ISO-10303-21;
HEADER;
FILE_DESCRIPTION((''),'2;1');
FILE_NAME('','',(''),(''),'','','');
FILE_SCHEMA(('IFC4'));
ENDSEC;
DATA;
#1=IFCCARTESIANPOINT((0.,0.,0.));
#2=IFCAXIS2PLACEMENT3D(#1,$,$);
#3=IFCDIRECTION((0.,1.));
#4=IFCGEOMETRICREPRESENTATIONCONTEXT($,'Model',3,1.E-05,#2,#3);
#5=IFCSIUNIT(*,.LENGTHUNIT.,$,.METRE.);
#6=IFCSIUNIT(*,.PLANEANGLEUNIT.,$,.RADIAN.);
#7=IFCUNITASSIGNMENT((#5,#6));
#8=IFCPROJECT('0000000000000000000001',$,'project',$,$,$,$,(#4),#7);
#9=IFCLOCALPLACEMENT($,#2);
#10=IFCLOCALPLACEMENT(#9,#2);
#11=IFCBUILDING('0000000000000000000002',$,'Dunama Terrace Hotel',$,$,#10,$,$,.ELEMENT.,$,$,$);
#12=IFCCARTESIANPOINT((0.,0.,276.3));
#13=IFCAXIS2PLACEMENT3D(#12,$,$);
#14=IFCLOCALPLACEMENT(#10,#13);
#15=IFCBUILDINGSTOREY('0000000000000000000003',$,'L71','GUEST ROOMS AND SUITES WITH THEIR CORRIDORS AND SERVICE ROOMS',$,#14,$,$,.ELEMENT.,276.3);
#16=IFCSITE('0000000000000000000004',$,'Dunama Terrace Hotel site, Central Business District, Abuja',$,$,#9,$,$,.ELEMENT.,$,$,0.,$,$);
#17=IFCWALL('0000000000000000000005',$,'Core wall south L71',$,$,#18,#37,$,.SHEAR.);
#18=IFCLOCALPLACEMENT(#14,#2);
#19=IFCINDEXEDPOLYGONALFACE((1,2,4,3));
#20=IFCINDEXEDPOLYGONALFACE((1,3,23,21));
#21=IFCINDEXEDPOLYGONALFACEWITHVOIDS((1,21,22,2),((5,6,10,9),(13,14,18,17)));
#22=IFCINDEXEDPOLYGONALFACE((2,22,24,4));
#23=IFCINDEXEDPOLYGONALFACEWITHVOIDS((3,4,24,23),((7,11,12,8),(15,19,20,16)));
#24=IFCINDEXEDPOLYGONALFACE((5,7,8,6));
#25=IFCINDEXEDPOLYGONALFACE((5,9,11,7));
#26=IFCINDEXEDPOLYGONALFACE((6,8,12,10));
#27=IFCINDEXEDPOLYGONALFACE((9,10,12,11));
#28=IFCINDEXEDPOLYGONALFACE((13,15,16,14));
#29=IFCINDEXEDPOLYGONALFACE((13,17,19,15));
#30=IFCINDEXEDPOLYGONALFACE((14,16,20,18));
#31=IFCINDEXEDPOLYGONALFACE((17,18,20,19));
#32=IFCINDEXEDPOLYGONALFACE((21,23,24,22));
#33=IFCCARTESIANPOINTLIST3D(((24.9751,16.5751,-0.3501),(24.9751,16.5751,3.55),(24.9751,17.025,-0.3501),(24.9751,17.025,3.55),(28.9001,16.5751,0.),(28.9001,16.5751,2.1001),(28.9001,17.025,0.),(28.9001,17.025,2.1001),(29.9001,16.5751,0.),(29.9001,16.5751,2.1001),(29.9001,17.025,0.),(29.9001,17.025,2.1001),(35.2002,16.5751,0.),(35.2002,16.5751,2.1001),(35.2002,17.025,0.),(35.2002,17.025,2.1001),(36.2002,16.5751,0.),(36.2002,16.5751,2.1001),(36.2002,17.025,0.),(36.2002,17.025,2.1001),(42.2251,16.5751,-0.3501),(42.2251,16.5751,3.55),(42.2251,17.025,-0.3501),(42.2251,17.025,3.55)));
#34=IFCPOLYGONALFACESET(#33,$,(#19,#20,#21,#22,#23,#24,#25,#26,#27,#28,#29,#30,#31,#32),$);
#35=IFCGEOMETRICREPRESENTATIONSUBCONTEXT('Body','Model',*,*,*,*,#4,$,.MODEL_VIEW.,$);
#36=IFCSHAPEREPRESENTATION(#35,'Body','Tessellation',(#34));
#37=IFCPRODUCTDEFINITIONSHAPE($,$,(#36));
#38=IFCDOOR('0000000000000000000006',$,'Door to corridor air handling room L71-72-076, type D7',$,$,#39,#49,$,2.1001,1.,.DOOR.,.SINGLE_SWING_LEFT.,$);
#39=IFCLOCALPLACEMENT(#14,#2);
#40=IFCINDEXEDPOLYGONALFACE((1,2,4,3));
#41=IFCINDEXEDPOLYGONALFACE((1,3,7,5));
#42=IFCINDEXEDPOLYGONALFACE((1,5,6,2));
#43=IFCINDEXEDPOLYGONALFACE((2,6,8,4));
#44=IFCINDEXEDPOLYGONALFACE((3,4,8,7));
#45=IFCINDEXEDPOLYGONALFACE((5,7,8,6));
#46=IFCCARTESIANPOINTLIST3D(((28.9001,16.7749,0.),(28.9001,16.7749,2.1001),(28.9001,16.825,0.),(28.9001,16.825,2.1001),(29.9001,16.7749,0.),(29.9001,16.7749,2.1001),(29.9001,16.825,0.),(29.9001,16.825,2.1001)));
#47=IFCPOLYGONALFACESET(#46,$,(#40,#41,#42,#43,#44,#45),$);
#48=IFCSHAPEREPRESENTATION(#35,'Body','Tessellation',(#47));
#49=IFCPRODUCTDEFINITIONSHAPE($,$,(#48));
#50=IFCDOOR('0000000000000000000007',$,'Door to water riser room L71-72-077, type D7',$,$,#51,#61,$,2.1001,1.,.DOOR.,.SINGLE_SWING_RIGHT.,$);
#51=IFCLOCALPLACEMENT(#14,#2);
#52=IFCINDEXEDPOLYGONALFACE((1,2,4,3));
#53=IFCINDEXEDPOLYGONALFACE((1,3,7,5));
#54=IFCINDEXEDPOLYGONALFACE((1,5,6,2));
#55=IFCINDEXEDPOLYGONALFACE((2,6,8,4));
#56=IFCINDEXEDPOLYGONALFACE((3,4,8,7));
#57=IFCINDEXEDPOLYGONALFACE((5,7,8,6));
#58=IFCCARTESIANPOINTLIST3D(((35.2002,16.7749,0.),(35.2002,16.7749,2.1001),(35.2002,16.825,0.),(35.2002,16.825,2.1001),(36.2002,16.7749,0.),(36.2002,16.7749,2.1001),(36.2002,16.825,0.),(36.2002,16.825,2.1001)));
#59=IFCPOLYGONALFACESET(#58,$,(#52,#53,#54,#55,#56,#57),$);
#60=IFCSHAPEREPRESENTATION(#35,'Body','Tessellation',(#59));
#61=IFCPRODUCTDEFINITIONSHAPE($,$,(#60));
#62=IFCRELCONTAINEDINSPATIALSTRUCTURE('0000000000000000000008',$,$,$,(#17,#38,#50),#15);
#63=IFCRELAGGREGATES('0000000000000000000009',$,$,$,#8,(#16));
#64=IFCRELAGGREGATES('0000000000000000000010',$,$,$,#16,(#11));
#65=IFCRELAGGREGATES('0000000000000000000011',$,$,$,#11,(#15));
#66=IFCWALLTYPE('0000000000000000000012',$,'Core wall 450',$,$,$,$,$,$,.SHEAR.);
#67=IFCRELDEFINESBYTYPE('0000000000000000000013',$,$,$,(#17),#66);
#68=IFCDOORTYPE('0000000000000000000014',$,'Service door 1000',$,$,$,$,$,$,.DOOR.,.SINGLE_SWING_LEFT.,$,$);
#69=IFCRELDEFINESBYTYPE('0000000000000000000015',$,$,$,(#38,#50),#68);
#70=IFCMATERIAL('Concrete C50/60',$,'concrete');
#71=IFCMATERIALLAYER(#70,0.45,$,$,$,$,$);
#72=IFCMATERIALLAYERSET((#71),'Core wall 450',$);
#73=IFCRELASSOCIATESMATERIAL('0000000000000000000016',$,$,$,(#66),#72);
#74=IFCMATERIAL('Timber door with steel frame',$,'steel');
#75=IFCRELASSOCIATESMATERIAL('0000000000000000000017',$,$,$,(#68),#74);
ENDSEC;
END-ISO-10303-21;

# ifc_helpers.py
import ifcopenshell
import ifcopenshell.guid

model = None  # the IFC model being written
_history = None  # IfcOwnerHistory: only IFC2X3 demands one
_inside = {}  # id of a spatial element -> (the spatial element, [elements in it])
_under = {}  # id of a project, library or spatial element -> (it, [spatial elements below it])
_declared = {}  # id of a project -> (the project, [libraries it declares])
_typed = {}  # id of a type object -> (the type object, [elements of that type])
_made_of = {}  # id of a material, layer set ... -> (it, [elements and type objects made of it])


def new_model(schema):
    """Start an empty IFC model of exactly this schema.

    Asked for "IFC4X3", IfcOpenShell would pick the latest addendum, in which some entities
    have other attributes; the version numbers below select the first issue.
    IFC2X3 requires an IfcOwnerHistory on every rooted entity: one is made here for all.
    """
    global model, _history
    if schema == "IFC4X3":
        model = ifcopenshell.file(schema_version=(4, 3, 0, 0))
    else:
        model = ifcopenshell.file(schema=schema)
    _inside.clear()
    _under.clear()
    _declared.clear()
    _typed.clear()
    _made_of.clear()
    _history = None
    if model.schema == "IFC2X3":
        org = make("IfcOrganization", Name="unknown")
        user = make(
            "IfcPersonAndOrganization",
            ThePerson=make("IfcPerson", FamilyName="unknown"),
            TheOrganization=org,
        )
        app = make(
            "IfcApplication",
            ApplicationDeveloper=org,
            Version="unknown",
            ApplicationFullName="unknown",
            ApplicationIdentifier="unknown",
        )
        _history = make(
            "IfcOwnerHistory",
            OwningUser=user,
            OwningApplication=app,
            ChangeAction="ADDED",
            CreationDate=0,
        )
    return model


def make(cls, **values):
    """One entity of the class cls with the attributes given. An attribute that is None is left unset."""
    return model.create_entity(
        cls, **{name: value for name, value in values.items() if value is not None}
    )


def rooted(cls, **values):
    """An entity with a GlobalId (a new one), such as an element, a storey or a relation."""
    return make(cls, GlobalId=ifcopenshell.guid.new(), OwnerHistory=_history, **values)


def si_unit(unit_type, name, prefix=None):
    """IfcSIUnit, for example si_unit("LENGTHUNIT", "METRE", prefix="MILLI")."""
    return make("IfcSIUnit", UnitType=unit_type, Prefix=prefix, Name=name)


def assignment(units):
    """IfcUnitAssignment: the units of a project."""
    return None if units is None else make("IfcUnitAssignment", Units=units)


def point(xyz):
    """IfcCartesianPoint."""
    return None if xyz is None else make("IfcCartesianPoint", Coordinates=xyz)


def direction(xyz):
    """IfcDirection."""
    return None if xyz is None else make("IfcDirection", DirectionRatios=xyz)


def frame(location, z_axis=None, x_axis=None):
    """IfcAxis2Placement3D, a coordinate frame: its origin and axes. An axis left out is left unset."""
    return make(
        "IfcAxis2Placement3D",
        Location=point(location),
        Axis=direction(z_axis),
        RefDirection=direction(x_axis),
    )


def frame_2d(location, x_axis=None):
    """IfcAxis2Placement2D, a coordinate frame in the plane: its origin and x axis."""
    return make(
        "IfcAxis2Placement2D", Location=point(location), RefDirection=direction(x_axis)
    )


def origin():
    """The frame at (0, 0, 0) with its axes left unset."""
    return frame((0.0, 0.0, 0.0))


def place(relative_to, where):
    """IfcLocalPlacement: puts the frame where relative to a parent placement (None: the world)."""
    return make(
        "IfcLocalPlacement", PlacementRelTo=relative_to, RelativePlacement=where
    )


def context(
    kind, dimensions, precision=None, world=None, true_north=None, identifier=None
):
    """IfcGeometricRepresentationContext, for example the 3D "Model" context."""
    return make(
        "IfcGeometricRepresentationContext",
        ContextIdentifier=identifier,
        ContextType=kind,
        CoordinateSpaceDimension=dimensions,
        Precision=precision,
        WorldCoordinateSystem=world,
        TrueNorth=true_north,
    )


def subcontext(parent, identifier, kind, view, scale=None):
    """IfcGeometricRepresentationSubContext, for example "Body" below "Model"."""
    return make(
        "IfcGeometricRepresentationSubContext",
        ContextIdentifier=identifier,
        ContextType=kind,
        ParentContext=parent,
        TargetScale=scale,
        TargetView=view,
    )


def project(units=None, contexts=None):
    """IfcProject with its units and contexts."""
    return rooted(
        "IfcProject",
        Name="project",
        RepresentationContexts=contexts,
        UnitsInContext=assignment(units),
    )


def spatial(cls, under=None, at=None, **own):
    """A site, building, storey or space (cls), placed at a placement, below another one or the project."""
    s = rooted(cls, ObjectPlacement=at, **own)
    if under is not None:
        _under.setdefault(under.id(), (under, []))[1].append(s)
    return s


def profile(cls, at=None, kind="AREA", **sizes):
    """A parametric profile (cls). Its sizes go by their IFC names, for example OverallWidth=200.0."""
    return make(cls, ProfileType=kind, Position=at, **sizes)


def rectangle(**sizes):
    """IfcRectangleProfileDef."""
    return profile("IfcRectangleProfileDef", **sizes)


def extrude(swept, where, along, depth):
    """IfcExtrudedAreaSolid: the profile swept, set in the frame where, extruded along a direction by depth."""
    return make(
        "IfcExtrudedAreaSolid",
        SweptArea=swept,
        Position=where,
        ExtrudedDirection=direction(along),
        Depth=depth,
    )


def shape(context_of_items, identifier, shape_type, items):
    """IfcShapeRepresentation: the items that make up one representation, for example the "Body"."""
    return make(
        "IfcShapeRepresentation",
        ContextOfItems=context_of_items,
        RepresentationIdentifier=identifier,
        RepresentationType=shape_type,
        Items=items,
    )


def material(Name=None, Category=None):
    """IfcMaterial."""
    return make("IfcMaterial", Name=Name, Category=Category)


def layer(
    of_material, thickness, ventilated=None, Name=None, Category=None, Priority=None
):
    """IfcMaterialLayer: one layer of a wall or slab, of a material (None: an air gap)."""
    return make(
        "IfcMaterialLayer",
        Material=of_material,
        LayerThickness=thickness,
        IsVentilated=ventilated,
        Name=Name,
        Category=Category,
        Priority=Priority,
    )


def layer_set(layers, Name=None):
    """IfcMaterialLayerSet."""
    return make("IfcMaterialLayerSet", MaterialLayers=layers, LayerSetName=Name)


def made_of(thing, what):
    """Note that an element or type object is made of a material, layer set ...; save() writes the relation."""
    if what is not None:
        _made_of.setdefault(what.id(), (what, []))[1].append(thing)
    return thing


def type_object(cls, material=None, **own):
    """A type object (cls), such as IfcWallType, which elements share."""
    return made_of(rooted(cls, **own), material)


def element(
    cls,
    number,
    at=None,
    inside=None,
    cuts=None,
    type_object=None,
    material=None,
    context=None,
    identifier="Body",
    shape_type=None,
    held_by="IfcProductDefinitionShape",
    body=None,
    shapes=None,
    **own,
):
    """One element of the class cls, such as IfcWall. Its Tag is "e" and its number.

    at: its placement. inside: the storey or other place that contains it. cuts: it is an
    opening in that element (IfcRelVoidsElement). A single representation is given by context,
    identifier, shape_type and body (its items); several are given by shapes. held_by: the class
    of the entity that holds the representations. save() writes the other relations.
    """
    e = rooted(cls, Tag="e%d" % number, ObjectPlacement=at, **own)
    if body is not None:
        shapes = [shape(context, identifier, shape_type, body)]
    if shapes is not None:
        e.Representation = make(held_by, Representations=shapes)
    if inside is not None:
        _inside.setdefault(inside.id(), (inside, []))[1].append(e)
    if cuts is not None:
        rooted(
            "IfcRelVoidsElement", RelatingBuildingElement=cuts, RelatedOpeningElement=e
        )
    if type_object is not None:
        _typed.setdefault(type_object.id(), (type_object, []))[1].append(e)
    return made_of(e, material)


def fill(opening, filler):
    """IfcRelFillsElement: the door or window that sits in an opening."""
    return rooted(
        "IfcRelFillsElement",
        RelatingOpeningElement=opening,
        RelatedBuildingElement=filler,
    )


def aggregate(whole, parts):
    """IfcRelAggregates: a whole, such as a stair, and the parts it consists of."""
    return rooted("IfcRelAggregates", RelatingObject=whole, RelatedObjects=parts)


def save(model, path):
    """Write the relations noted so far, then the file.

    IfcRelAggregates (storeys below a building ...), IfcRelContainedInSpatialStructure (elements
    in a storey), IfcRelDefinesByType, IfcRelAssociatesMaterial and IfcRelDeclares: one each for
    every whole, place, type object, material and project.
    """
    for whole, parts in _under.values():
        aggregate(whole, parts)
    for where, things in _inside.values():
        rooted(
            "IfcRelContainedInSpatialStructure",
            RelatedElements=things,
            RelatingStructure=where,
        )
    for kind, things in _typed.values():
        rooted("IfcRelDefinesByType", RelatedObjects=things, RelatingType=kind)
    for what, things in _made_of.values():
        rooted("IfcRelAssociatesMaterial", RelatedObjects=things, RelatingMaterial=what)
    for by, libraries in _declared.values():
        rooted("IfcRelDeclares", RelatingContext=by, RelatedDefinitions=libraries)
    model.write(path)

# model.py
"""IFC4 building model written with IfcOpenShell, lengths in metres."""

from ifc_helpers import new_model, si_unit, direction, frame, frame_2d, origin, place, context, subcontext, project, spatial, rectangle, extrude, material, layer, layer_set, type_object, element, fill, save


model = new_model("IFC4")

# Units and contexts
model_context = context("Model", 3, precision=1e-05, world=origin(), true_north=direction((0.0, 1.0)))
body_context = subcontext(model_context, "Body", "Model", "MODEL_VIEW")
ifc_project = project(units=[si_unit("LENGTHUNIT", "METRE"), si_unit("PLANEANGLEUNIT", "RADIAN")], contexts=[model_context])

# Site, building, storey
site_placement = place(None, origin())
site = spatial("IfcSite", under=ifc_project, at=site_placement, Name="Dunama Terrace Hotel site, Central Business District, Abuja", CompositionType="ELEMENT", RefElevation=0.0)
building_placement = place(site_placement, origin())
building = spatial("IfcBuilding", under=site, at=building_placement, Name="Dunama Terrace Hotel", CompositionType="ELEMENT")
storey_placement = place(building_placement, frame((0.0, 0.0, 276.3)))
storey = spatial("IfcBuildingStorey", under=building, at=storey_placement, Name="L71", Description="GUEST ROOMS AND SUITES WITH THEIR CORRIDORS AND SERVICE ROOMS", CompositionType="ELEMENT", Elevation=276.3)

# Wall, openings, doors
ifc_material_1 = material(Name="Concrete C50/60", Category="concrete")
ifc_layer_1 = layer(ifc_material_1, 0.45)
ifc_layer_set_1 = layer_set([ifc_layer_1], Name="Core wall 450")
wall_type_1 = type_object("IfcWallType", Name="Core wall 450", PredefinedType="SHEAR", material=ifc_layer_set_1)
wall_1_placement = place(storey_placement, frame((24.9751, 16.8, -0.3501), z_axis=(0.0, 0.0, 1.0), x_axis=(1.0, 0.0, 0.0)))
wall_1 = element("IfcWall", 1, at=wall_1_placement, inside=storey, type_object=wall_type_1, Name="Core wall south L71", PredefinedType="SHEAR", context=body_context, shape_type="SweptSolid", body=[
    extrude(rectangle(XDim=17.25, YDim=0.45, at=frame_2d((8.625, 0.0))), origin(), (0.0, 0.0, 1.0), 3.9001),
])
opening_1_placement = place(wall_1_placement, frame((3.925, 0.0, 0.3501)))
opening_1 = element("IfcOpeningElement", 2, at=opening_1_placement, cuts=wall_1, PredefinedType="OPENING", context=body_context, shape_type="SweptSolid", body=[
    extrude(rectangle(XDim=1.0, YDim=2.1001, at=frame_2d((0.5, 1.05))), frame((0.0, 0.2349, 0.0), z_axis=(0.0, -1.0, 0.0), x_axis=(1.0, 0.0, 0.0)), (0.0, 0.0, 1.0), 0.47),
])
opening_2_placement = place(wall_1_placement, frame((10.2251, 0.0, 0.3501)))
opening_2 = element("IfcOpeningElement", 3, at=opening_2_placement, cuts=wall_1, PredefinedType="OPENING", context=body_context, shape_type="SweptSolid", body=[
    extrude(rectangle(XDim=1.0, YDim=2.1001, at=frame_2d((0.5, 1.05))), frame((0.0, 0.2349, 0.0), z_axis=(0.0, -1.0, 0.0), x_axis=(1.0, 0.0, 0.0)), (0.0, 0.0, 1.0), 0.47),
])
ifc_material_2 = material(Name="Timber door with steel frame", Category="steel")
door_type_1 = type_object("IfcDoorType", Name="Service door 1000", OperationType="SINGLE_SWING_LEFT", PredefinedType="DOOR", material=ifc_material_2)
door_1_placement = place(opening_1_placement, origin())
door_1 = element("IfcDoor", 4, at=door_1_placement, inside=storey, type_object=door_type_1, Name="Door to corridor air handling room L71-72-076, type D7", OperationType="SINGLE_SWING_LEFT", OverallHeight=2.1001, OverallWidth=1.0, PredefinedType="DOOR", context=body_context, shape_type="SweptSolid", body=[
    extrude(rectangle(XDim=1.0, YDim=2.1001, at=frame_2d((0.5, 1.05))), frame((0.0, 0.0249, 0.0), z_axis=(0.0, -1.0, 0.0), x_axis=(1.0, 0.0, 0.0)), (0.0, 0.0, 1.0), 0.05),
])
fill(opening_1, door_1)
door_2_placement = place(opening_2_placement, origin())
door_2 = element("IfcDoor", 5, at=door_2_placement, inside=storey, type_object=door_type_1, Name="Door to water riser room L71-72-077, type D7", OperationType="SINGLE_SWING_RIGHT", OverallHeight=2.1001, OverallWidth=1.0, PredefinedType="DOOR", context=body_context, shape_type="SweptSolid", body=[
    extrude(rectangle(XDim=1.0, YDim=2.1001, at=frame_2d((0.5, 1.05))), frame((0.0, 0.0249, 0.0), z_axis=(0.0, -1.0, 0.0), x_axis=(1.0, 0.0, 0.0)), (0.0, 0.0, 1.0), 0.05),
])
fill(opening_2, door_2)

save(model, "model.ifc")
